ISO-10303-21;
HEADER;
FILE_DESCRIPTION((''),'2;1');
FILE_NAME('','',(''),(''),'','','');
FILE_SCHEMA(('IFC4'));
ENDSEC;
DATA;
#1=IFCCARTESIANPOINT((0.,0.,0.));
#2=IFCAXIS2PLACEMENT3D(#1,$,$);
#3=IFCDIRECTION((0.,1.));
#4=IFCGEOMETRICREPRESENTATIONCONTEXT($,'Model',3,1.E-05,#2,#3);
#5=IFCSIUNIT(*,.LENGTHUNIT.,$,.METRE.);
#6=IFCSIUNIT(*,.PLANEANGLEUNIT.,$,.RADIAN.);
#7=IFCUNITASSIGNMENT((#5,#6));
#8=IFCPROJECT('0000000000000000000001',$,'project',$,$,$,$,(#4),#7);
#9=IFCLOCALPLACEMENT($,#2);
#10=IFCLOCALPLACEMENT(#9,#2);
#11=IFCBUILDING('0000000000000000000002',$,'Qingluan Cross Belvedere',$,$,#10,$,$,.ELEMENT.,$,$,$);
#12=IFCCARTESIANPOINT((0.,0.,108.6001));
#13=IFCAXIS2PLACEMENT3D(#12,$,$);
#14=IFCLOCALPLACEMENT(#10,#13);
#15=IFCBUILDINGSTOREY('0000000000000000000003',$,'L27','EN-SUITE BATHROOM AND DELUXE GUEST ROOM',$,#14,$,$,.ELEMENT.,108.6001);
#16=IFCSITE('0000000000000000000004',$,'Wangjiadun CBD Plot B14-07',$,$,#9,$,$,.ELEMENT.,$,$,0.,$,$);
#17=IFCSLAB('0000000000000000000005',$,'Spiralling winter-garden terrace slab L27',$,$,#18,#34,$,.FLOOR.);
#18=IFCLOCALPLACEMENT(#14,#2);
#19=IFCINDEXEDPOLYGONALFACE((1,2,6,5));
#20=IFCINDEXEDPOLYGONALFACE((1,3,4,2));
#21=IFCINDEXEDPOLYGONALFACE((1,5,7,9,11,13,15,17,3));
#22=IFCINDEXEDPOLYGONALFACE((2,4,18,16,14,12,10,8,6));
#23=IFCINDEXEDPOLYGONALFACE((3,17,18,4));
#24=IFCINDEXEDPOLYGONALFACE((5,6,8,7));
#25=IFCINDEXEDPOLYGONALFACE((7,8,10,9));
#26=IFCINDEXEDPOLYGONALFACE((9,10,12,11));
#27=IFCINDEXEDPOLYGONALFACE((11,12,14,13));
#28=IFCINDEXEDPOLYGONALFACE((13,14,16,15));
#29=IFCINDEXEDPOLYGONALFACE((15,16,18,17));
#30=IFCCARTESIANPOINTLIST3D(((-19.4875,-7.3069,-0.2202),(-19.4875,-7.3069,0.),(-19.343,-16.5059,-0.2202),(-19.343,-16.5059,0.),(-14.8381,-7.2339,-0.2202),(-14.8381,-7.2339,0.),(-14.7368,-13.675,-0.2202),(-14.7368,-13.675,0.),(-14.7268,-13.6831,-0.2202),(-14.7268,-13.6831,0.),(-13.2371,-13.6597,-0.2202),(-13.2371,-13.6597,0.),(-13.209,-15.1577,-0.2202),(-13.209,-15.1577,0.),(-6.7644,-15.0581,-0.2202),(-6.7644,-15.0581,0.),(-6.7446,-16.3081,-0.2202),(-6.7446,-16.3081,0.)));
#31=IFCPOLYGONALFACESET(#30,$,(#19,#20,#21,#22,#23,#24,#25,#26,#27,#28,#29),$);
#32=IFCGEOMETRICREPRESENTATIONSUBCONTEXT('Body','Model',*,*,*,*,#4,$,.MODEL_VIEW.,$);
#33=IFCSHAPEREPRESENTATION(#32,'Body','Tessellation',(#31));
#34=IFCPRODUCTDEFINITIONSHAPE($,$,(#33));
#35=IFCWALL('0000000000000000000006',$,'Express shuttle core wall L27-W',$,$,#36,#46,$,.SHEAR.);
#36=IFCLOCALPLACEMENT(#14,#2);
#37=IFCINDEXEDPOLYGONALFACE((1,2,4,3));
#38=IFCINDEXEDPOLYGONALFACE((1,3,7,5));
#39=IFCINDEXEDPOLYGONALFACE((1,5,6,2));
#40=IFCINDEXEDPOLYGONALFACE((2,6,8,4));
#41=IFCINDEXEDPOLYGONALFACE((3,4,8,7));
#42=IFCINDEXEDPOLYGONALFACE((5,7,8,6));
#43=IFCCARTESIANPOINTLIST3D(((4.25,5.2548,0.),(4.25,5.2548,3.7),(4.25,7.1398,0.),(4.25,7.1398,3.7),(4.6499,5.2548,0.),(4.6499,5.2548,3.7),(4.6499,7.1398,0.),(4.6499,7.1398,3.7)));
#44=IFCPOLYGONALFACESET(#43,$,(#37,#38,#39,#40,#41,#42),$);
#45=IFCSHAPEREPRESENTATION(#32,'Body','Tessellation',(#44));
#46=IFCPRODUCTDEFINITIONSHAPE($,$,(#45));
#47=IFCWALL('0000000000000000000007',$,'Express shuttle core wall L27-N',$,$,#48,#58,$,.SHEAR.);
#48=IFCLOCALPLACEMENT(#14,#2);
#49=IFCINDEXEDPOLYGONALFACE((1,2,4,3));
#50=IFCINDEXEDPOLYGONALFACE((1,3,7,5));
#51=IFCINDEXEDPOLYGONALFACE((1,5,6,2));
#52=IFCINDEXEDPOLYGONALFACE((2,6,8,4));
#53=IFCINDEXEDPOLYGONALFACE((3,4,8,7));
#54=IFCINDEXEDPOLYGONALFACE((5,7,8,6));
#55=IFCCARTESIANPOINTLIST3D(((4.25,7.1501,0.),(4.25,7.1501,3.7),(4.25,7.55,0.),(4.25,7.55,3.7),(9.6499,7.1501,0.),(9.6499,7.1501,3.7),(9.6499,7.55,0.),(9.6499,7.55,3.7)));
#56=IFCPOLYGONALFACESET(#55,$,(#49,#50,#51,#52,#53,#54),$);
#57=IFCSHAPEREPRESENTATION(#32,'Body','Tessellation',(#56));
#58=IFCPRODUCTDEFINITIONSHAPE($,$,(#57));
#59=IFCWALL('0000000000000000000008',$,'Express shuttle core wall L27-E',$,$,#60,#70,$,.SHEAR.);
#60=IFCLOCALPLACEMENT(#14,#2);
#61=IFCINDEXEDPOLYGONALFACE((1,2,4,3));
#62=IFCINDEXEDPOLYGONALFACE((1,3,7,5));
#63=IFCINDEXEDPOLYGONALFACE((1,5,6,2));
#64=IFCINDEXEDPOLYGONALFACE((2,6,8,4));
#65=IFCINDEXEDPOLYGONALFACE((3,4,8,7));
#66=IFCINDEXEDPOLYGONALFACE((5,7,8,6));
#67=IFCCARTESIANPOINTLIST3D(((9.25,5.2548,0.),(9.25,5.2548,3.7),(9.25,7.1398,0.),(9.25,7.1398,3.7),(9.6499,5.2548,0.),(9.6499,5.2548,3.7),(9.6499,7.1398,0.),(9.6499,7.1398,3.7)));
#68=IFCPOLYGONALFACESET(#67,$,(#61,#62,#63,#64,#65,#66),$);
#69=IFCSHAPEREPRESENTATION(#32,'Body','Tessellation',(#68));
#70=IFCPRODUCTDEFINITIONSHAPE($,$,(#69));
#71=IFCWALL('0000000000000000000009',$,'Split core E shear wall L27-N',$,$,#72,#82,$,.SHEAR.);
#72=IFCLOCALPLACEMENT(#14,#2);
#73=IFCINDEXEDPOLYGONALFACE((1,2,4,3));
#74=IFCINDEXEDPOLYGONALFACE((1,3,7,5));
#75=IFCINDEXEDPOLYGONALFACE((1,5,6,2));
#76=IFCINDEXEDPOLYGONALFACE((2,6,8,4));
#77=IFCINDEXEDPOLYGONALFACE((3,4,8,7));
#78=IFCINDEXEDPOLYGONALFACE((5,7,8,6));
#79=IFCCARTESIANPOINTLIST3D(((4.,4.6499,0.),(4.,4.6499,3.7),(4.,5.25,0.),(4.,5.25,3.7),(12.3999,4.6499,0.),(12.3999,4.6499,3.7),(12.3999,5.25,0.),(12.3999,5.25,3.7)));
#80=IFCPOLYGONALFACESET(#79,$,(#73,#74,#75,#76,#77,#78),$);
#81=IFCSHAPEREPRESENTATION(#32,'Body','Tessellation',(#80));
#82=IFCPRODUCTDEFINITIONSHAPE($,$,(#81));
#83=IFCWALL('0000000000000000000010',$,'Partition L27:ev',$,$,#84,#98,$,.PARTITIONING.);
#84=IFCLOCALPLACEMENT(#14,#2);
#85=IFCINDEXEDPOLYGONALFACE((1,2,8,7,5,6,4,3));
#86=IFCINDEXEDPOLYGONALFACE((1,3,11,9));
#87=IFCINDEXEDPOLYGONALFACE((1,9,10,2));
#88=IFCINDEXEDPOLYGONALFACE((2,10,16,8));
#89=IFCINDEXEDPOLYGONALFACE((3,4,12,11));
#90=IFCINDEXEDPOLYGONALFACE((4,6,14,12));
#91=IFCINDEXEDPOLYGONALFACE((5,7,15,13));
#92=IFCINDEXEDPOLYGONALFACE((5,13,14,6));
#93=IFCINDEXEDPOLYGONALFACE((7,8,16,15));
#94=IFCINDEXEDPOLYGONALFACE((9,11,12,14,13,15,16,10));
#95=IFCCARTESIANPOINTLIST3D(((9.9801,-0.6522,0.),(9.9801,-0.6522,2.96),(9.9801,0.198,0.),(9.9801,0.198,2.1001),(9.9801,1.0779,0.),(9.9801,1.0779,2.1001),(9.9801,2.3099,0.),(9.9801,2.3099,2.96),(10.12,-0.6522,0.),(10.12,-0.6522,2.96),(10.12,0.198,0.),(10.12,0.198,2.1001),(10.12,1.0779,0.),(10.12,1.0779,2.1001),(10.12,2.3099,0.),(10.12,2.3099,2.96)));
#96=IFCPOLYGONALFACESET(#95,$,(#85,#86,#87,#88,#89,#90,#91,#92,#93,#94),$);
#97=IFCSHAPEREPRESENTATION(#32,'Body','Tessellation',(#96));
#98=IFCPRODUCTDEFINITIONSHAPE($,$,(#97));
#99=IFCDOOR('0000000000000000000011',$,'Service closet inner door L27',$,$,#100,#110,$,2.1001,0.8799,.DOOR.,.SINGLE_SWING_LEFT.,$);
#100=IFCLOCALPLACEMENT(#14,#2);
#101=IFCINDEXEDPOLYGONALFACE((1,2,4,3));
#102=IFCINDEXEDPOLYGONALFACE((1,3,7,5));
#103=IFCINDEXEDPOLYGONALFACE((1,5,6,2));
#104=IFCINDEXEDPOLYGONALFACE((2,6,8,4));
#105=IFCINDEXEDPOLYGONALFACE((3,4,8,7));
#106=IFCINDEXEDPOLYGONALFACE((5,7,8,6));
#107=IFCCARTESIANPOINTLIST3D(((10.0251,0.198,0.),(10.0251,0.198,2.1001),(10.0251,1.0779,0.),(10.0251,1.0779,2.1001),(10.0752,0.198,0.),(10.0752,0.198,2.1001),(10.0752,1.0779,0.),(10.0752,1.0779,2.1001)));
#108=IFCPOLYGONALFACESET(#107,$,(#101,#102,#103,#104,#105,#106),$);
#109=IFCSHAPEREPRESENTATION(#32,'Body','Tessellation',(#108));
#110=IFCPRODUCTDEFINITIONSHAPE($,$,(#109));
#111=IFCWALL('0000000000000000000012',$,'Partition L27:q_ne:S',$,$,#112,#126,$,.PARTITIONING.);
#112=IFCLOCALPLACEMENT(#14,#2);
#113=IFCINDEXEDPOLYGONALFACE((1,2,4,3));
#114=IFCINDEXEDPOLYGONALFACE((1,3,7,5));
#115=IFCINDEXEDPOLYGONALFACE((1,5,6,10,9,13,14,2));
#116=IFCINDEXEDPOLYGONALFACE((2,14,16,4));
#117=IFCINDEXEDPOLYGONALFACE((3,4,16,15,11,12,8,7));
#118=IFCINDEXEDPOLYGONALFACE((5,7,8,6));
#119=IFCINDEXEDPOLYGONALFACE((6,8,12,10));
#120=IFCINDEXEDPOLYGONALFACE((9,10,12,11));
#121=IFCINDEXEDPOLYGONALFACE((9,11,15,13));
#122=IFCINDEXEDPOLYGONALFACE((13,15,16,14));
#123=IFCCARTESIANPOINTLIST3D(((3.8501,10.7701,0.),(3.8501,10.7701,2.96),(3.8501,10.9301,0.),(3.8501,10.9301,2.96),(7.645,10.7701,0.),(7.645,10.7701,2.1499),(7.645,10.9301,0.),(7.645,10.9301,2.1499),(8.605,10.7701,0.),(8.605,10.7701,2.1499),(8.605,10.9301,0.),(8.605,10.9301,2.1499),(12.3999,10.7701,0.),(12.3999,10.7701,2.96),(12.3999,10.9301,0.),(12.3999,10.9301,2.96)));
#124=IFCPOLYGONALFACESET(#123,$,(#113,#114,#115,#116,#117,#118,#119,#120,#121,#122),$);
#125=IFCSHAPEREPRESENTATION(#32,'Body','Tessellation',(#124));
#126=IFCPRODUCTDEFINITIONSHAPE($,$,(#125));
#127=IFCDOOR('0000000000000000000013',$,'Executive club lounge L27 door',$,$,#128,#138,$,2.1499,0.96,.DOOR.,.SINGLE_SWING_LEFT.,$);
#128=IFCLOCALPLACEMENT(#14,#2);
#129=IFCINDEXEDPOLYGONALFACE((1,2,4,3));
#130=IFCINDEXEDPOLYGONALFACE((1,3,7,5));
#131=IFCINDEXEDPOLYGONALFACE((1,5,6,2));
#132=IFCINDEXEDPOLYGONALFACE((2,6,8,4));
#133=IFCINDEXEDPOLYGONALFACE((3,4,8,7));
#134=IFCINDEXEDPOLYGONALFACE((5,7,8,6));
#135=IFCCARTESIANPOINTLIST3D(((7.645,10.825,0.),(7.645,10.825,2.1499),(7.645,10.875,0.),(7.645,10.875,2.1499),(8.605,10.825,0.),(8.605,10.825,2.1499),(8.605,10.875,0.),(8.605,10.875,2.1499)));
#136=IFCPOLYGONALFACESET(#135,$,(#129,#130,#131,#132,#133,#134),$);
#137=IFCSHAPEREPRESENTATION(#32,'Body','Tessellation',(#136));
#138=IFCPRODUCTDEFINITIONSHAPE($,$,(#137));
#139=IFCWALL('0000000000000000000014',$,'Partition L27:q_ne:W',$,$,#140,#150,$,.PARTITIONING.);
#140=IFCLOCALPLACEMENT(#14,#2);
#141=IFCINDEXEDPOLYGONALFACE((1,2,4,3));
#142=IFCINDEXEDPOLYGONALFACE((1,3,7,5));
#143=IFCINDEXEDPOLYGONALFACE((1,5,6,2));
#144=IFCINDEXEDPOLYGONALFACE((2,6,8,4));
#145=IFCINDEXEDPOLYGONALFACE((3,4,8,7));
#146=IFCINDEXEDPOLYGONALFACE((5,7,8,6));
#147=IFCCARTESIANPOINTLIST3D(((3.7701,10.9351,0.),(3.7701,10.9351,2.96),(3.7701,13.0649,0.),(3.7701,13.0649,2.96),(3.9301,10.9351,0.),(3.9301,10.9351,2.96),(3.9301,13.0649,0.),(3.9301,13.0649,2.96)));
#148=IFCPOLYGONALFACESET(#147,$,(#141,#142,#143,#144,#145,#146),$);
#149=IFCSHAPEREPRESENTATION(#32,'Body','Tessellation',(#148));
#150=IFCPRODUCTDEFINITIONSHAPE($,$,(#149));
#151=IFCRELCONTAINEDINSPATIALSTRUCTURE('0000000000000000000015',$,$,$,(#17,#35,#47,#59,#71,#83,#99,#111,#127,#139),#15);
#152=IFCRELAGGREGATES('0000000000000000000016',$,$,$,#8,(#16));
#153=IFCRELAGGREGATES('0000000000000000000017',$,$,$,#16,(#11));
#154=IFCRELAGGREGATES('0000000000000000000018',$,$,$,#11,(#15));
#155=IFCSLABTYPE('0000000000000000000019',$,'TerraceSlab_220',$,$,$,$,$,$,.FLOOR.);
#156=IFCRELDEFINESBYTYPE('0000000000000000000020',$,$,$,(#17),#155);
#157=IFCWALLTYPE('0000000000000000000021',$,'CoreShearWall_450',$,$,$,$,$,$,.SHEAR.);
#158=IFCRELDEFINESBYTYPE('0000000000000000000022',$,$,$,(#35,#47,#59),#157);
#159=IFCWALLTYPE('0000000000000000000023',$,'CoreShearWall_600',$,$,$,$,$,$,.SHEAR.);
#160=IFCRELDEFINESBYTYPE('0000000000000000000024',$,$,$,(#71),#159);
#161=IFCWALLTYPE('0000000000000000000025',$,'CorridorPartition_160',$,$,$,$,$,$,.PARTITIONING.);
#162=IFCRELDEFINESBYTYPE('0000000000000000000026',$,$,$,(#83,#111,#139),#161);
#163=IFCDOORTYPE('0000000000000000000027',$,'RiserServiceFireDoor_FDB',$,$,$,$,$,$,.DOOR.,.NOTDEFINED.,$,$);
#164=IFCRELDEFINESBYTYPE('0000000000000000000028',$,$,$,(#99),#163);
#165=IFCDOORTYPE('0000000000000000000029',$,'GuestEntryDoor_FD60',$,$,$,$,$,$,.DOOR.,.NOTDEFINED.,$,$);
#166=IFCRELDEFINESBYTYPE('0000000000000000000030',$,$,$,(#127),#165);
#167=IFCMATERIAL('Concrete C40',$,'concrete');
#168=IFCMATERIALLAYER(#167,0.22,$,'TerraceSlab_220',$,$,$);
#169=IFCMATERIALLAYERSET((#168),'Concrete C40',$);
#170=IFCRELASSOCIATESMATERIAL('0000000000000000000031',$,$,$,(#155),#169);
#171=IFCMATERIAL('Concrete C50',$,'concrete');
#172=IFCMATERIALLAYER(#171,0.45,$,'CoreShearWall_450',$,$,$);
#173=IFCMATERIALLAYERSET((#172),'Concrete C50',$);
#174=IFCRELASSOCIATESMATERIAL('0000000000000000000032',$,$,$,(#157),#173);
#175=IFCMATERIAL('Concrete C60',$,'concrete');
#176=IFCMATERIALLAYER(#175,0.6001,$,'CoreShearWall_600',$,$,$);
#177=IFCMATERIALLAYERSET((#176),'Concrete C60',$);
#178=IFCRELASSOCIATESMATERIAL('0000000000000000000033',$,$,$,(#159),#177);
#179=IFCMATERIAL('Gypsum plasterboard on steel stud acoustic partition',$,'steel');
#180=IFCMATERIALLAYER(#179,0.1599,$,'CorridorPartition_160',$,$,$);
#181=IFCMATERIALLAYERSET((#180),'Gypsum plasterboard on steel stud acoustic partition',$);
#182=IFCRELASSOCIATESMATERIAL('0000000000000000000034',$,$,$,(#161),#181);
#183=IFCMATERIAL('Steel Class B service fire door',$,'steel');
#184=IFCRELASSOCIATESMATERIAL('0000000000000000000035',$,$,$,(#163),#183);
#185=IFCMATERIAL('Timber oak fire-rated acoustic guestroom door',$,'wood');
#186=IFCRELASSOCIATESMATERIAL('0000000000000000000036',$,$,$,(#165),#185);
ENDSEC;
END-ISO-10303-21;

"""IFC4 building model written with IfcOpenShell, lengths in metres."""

from ifc_helpers import new_model, si_unit, direction, frame, frame_2d, origin, place, context, subcontext, project, spatial, polyline, rectangle, outline, extrude, material, layer, layer_set, type_object, element, fill, save


model = new_model("IFC4")

# Units and contexts
model_context = context("Model", 3, precision=1e-05, world=origin(), true_north=direction((0.0, 1.0)))
body_context = subcontext(model_context, "Body", "Model", "MODEL_VIEW")
ifc_project = project(units=[si_unit("LENGTHUNIT", "METRE"), si_unit("PLANEANGLEUNIT", "RADIAN")], contexts=[model_context])

# Site, building, storey
site_placement = place(None, origin())
site = spatial("IfcSite", under=ifc_project, at=site_placement, Name="Wangjiadun CBD Plot B14-07", CompositionType="ELEMENT", RefElevation=0.0)
building_placement = place(site_placement, origin())
building = spatial("IfcBuilding", under=site, at=building_placement, Name="Qingluan Cross Belvedere", CompositionType="ELEMENT")
storey_placement = place(building_placement, frame((0.0, 0.0, 108.6001)))
storey = spatial("IfcBuildingStorey", under=building, at=storey_placement, Name="L27", Description="EN-SUITE BATHROOM AND DELUXE GUEST ROOM", CompositionType="ELEMENT", Elevation=108.6001)

# Slab
ifc_material_1 = material(Name="Concrete C40", Category="concrete")
ifc_layer_1 = layer(ifc_material_1, 0.22, Name="TerraceSlab_220")
ifc_layer_set_1 = layer_set([ifc_layer_1], Name="Concrete C40")
slab_type_1 = type_object("IfcSlabType", Name="TerraceSlab_220", PredefinedType="FLOOR", material=ifc_layer_set_1)
slab_1_placement = place(storey_placement, frame((0.0, 0.0, -0.2202)))
element("IfcSlab", 1, at=slab_1_placement, inside=storey, type_object=slab_type_1, Name="Spiralling winter-garden terrace slab L27", PredefinedType="FLOOR", context=body_context, shape_type="SweptSolid", body=[
    extrude(outline(polyline([(-6.7644, -15.0581), (-13.209, -15.1577), (-13.2371, -13.6597), (-14.7268, -13.6831), (-14.7368, -13.675), (-14.8381, -7.2339), (-19.4875, -7.3069), (-19.343, -16.5059), (-6.7446, -16.3081), (-6.7644, -15.0581)])), origin(), (0.0, 0.0, 1.0), 0.2202),
])

# Walls
ifc_material_2 = material(Name="Concrete C50", Category="concrete")
ifc_layer_2 = layer(ifc_material_2, 0.45, Name="CoreShearWall_450")
ifc_layer_set_2 = layer_set([ifc_layer_2], Name="Concrete C50")
wall_type_1 = type_object("IfcWallType", Name="CoreShearWall_450", PredefinedType="SHEAR", material=ifc_layer_set_2)
wall_1_placement = place(storey_placement, frame((4.45, 5.2549, 0.0), z_axis=(0.0, 0.0, 1.0), x_axis=(0.0, 1.0, 0.0)))
element("IfcWall", 2, at=wall_1_placement, inside=storey, type_object=wall_type_1, Name="Express shuttle core wall L27-W", PredefinedType="SHEAR", context=body_context, shape_type="SweptSolid", body=[
    extrude(rectangle(XDim=1.885, YDim=0.3999, at=frame_2d((0.9424, 0.0))), origin(), (0.0, 0.0, 1.0), 3.7),
])
wall_2_placement = place(storey_placement, frame((4.25, 7.3501, 0.0), z_axis=(0.0, 0.0, 1.0), x_axis=(1.0, 0.0, 0.0)))
element("IfcWall", 3, at=wall_2_placement, inside=storey, type_object=wall_type_1, Name="Express shuttle core wall L27-N", PredefinedType="SHEAR", context=body_context, shape_type="SweptSolid", body=[
    extrude(rectangle(XDim=5.3999, YDim=0.3999, at=frame_2d((2.7, 0.0))), origin(), (0.0, 0.0, 1.0), 3.7),
])
wall_3_placement = place(storey_placement, frame((9.45, 5.2549, 0.0), z_axis=(0.0, 0.0, 1.0), x_axis=(0.0, 1.0, 0.0)))
element("IfcWall", 4, at=wall_3_placement, inside=storey, type_object=wall_type_1, Name="Express shuttle core wall L27-E", PredefinedType="SHEAR", context=body_context, shape_type="SweptSolid", body=[
    extrude(rectangle(XDim=1.885, YDim=0.3999, at=frame_2d((0.9424, 0.0))), origin(), (0.0, 0.0, 1.0), 3.7),
])
ifc_material_3 = material(Name="Concrete C60", Category="concrete")
ifc_layer_3 = layer(ifc_material_3, 0.6001, Name="CoreShearWall_600")
ifc_layer_set_3 = layer_set([ifc_layer_3], Name="Concrete C60")
wall_type_2 = type_object("IfcWallType", Name="CoreShearWall_600", PredefinedType="SHEAR", material=ifc_layer_set_3)
wall_4_placement = place(storey_placement, frame((4.0, 4.95, 0.0), z_axis=(0.0, 0.0, 1.0), x_axis=(1.0, 0.0, 0.0)))
element("IfcWall", 5, at=wall_4_placement, inside=storey, type_object=wall_type_2, Name="Split core E shear wall L27-N", PredefinedType="SHEAR", context=body_context, shape_type="SweptSolid", body=[
    extrude(rectangle(XDim=8.3999, YDim=0.6001, at=frame_2d((4.2, 0.0))), origin(), (0.0, 0.0, 1.0), 3.7),
])

# Walls, openings, doors
ifc_material_4 = material(Name="Gypsum plasterboard on steel stud acoustic partition", Category="steel")
ifc_layer_4 = layer(ifc_material_4, 0.1599, Name="CorridorPartition_160")
ifc_layer_set_4 = layer_set([ifc_layer_4], Name="Gypsum plasterboard on steel stud acoustic partition")
wall_type_3 = type_object("IfcWallType", Name="CorridorPartition_160", PredefinedType="PARTITIONING", material=ifc_layer_set_4)
wall_5_placement = place(storey_placement, frame((10.05, -0.6521, 0.0), z_axis=(0.0, 0.0, 1.0), x_axis=(0.0, 1.0, 0.0)))
wall_5 = element("IfcWall", 6, at=wall_5_placement, inside=storey, type_object=wall_type_3, Name="Partition L27:ev", PredefinedType="PARTITIONING", context=body_context, shape_type="SweptSolid", body=[
    extrude(rectangle(XDim=2.9622, YDim=0.1399, at=frame_2d((1.481, 0.0))), origin(), (0.0, 0.0, 1.0), 2.96),
])
opening_1_placement = place(wall_5_placement, frame((0.8501, 0.0, 0.0)))
opening_1 = element("IfcOpeningElement", 7, at=opening_1_placement, cuts=wall_5, PredefinedType="OPENING", context=body_context, shape_type="SweptSolid", body=[
    extrude(rectangle(XDim=0.8799, YDim=2.1001, at=frame_2d((0.4399, 1.05))), frame((0.0, 0.0798, 0.0), z_axis=(0.0, -1.0, 0.0), x_axis=(1.0, 0.0, 0.0)), (0.0, 0.0, 1.0), 0.1599),
])
ifc_material_5 = material(Name="Steel Class B service fire door", Category="steel")
door_type_1 = type_object("IfcDoorType", Name="RiserServiceFireDoor_FDB", OperationType="NOTDEFINED", PredefinedType="DOOR", material=ifc_material_5)
door_1_placement = place(opening_1_placement, origin())
door_1 = element("IfcDoor", 8, at=door_1_placement, inside=storey, type_object=door_type_1, Name="Service closet inner door L27", OperationType="SINGLE_SWING_LEFT", OverallHeight=2.1001, OverallWidth=0.8799, PredefinedType="DOOR", context=body_context, shape_type="SweptSolid", body=[
    extrude(rectangle(XDim=0.8799, YDim=2.1001, at=frame_2d((0.4399, 1.05))), frame((0.0, 0.0249, 0.0), z_axis=(0.0, -1.0, 0.0), x_axis=(1.0, 0.0, 0.0)), (0.0, 0.0, 1.0), 0.05),
])
fill(opening_1, door_1)
wall_6_placement = place(storey_placement, frame((3.8501, 10.8501, 0.0), z_axis=(0.0, 0.0, 1.0), x_axis=(1.0, 0.0, 0.0)))
wall_6 = element("IfcWall", 9, at=wall_6_placement, inside=storey, type_object=wall_type_3, Name="Partition L27:q_ne:S", PredefinedType="PARTITIONING", context=body_context, shape_type="SweptSolid", body=[
    extrude(rectangle(XDim=8.5498, YDim=0.1599, at=frame_2d((4.2749, 0.0))), origin(), (0.0, 0.0, 1.0), 2.96),
])
opening_2_placement = place(wall_6_placement, frame((3.7949, 0.0, 0.0)))
opening_2 = element("IfcOpeningElement", 10, at=opening_2_placement, cuts=wall_6, PredefinedType="OPENING", context=body_context, shape_type="SweptSolid", body=[
    extrude(rectangle(XDim=0.96, YDim=2.1499, at=frame_2d((0.48, 1.075))), frame((0.0, 0.0898, 0.0), z_axis=(0.0, -1.0, 0.0), x_axis=(1.0, 0.0, 0.0)), (0.0, 0.0, 1.0), 0.1799),
])
ifc_material_6 = material(Name="Timber oak fire-rated acoustic guestroom door", Category="wood")
door_type_2 = type_object("IfcDoorType", Name="GuestEntryDoor_FD60", OperationType="NOTDEFINED", PredefinedType="DOOR", material=ifc_material_6)
door_2_placement = place(opening_2_placement, origin())
door_2 = element("IfcDoor", 11, at=door_2_placement, inside=storey, type_object=door_type_2, Name="Executive club lounge L27 door", OperationType="SINGLE_SWING_LEFT", OverallHeight=2.1499, OverallWidth=0.96, PredefinedType="DOOR", context=body_context, shape_type="SweptSolid", body=[
    extrude(rectangle(XDim=0.96, YDim=2.1499, at=frame_2d((0.48, 1.075))), frame((0.0, 0.0249, 0.0), z_axis=(0.0, -1.0, 0.0), x_axis=(1.0, 0.0, 0.0)), (0.0, 0.0, 1.0), 0.05),
])
fill(opening_2, door_2)

# Wall
wall_7_placement = place(storey_placement, frame((3.8501, 10.9351, 0.0), z_axis=(0.0, 0.0, 1.0), x_axis=(0.0, 1.0, 0.0)))
element("IfcWall", 12, at=wall_7_placement, inside=storey, type_object=wall_type_3, Name="Partition L27:q_ne:W", PredefinedType="PARTITIONING", context=body_context, shape_type="SweptSolid", body=[
    extrude(rectangle(XDim=2.1299, YDim=0.1599, at=frame_2d((1.0649, 0.0))), origin(), (0.0, 0.0, 1.0), 2.96),
])

save(model, "model.ifc")
